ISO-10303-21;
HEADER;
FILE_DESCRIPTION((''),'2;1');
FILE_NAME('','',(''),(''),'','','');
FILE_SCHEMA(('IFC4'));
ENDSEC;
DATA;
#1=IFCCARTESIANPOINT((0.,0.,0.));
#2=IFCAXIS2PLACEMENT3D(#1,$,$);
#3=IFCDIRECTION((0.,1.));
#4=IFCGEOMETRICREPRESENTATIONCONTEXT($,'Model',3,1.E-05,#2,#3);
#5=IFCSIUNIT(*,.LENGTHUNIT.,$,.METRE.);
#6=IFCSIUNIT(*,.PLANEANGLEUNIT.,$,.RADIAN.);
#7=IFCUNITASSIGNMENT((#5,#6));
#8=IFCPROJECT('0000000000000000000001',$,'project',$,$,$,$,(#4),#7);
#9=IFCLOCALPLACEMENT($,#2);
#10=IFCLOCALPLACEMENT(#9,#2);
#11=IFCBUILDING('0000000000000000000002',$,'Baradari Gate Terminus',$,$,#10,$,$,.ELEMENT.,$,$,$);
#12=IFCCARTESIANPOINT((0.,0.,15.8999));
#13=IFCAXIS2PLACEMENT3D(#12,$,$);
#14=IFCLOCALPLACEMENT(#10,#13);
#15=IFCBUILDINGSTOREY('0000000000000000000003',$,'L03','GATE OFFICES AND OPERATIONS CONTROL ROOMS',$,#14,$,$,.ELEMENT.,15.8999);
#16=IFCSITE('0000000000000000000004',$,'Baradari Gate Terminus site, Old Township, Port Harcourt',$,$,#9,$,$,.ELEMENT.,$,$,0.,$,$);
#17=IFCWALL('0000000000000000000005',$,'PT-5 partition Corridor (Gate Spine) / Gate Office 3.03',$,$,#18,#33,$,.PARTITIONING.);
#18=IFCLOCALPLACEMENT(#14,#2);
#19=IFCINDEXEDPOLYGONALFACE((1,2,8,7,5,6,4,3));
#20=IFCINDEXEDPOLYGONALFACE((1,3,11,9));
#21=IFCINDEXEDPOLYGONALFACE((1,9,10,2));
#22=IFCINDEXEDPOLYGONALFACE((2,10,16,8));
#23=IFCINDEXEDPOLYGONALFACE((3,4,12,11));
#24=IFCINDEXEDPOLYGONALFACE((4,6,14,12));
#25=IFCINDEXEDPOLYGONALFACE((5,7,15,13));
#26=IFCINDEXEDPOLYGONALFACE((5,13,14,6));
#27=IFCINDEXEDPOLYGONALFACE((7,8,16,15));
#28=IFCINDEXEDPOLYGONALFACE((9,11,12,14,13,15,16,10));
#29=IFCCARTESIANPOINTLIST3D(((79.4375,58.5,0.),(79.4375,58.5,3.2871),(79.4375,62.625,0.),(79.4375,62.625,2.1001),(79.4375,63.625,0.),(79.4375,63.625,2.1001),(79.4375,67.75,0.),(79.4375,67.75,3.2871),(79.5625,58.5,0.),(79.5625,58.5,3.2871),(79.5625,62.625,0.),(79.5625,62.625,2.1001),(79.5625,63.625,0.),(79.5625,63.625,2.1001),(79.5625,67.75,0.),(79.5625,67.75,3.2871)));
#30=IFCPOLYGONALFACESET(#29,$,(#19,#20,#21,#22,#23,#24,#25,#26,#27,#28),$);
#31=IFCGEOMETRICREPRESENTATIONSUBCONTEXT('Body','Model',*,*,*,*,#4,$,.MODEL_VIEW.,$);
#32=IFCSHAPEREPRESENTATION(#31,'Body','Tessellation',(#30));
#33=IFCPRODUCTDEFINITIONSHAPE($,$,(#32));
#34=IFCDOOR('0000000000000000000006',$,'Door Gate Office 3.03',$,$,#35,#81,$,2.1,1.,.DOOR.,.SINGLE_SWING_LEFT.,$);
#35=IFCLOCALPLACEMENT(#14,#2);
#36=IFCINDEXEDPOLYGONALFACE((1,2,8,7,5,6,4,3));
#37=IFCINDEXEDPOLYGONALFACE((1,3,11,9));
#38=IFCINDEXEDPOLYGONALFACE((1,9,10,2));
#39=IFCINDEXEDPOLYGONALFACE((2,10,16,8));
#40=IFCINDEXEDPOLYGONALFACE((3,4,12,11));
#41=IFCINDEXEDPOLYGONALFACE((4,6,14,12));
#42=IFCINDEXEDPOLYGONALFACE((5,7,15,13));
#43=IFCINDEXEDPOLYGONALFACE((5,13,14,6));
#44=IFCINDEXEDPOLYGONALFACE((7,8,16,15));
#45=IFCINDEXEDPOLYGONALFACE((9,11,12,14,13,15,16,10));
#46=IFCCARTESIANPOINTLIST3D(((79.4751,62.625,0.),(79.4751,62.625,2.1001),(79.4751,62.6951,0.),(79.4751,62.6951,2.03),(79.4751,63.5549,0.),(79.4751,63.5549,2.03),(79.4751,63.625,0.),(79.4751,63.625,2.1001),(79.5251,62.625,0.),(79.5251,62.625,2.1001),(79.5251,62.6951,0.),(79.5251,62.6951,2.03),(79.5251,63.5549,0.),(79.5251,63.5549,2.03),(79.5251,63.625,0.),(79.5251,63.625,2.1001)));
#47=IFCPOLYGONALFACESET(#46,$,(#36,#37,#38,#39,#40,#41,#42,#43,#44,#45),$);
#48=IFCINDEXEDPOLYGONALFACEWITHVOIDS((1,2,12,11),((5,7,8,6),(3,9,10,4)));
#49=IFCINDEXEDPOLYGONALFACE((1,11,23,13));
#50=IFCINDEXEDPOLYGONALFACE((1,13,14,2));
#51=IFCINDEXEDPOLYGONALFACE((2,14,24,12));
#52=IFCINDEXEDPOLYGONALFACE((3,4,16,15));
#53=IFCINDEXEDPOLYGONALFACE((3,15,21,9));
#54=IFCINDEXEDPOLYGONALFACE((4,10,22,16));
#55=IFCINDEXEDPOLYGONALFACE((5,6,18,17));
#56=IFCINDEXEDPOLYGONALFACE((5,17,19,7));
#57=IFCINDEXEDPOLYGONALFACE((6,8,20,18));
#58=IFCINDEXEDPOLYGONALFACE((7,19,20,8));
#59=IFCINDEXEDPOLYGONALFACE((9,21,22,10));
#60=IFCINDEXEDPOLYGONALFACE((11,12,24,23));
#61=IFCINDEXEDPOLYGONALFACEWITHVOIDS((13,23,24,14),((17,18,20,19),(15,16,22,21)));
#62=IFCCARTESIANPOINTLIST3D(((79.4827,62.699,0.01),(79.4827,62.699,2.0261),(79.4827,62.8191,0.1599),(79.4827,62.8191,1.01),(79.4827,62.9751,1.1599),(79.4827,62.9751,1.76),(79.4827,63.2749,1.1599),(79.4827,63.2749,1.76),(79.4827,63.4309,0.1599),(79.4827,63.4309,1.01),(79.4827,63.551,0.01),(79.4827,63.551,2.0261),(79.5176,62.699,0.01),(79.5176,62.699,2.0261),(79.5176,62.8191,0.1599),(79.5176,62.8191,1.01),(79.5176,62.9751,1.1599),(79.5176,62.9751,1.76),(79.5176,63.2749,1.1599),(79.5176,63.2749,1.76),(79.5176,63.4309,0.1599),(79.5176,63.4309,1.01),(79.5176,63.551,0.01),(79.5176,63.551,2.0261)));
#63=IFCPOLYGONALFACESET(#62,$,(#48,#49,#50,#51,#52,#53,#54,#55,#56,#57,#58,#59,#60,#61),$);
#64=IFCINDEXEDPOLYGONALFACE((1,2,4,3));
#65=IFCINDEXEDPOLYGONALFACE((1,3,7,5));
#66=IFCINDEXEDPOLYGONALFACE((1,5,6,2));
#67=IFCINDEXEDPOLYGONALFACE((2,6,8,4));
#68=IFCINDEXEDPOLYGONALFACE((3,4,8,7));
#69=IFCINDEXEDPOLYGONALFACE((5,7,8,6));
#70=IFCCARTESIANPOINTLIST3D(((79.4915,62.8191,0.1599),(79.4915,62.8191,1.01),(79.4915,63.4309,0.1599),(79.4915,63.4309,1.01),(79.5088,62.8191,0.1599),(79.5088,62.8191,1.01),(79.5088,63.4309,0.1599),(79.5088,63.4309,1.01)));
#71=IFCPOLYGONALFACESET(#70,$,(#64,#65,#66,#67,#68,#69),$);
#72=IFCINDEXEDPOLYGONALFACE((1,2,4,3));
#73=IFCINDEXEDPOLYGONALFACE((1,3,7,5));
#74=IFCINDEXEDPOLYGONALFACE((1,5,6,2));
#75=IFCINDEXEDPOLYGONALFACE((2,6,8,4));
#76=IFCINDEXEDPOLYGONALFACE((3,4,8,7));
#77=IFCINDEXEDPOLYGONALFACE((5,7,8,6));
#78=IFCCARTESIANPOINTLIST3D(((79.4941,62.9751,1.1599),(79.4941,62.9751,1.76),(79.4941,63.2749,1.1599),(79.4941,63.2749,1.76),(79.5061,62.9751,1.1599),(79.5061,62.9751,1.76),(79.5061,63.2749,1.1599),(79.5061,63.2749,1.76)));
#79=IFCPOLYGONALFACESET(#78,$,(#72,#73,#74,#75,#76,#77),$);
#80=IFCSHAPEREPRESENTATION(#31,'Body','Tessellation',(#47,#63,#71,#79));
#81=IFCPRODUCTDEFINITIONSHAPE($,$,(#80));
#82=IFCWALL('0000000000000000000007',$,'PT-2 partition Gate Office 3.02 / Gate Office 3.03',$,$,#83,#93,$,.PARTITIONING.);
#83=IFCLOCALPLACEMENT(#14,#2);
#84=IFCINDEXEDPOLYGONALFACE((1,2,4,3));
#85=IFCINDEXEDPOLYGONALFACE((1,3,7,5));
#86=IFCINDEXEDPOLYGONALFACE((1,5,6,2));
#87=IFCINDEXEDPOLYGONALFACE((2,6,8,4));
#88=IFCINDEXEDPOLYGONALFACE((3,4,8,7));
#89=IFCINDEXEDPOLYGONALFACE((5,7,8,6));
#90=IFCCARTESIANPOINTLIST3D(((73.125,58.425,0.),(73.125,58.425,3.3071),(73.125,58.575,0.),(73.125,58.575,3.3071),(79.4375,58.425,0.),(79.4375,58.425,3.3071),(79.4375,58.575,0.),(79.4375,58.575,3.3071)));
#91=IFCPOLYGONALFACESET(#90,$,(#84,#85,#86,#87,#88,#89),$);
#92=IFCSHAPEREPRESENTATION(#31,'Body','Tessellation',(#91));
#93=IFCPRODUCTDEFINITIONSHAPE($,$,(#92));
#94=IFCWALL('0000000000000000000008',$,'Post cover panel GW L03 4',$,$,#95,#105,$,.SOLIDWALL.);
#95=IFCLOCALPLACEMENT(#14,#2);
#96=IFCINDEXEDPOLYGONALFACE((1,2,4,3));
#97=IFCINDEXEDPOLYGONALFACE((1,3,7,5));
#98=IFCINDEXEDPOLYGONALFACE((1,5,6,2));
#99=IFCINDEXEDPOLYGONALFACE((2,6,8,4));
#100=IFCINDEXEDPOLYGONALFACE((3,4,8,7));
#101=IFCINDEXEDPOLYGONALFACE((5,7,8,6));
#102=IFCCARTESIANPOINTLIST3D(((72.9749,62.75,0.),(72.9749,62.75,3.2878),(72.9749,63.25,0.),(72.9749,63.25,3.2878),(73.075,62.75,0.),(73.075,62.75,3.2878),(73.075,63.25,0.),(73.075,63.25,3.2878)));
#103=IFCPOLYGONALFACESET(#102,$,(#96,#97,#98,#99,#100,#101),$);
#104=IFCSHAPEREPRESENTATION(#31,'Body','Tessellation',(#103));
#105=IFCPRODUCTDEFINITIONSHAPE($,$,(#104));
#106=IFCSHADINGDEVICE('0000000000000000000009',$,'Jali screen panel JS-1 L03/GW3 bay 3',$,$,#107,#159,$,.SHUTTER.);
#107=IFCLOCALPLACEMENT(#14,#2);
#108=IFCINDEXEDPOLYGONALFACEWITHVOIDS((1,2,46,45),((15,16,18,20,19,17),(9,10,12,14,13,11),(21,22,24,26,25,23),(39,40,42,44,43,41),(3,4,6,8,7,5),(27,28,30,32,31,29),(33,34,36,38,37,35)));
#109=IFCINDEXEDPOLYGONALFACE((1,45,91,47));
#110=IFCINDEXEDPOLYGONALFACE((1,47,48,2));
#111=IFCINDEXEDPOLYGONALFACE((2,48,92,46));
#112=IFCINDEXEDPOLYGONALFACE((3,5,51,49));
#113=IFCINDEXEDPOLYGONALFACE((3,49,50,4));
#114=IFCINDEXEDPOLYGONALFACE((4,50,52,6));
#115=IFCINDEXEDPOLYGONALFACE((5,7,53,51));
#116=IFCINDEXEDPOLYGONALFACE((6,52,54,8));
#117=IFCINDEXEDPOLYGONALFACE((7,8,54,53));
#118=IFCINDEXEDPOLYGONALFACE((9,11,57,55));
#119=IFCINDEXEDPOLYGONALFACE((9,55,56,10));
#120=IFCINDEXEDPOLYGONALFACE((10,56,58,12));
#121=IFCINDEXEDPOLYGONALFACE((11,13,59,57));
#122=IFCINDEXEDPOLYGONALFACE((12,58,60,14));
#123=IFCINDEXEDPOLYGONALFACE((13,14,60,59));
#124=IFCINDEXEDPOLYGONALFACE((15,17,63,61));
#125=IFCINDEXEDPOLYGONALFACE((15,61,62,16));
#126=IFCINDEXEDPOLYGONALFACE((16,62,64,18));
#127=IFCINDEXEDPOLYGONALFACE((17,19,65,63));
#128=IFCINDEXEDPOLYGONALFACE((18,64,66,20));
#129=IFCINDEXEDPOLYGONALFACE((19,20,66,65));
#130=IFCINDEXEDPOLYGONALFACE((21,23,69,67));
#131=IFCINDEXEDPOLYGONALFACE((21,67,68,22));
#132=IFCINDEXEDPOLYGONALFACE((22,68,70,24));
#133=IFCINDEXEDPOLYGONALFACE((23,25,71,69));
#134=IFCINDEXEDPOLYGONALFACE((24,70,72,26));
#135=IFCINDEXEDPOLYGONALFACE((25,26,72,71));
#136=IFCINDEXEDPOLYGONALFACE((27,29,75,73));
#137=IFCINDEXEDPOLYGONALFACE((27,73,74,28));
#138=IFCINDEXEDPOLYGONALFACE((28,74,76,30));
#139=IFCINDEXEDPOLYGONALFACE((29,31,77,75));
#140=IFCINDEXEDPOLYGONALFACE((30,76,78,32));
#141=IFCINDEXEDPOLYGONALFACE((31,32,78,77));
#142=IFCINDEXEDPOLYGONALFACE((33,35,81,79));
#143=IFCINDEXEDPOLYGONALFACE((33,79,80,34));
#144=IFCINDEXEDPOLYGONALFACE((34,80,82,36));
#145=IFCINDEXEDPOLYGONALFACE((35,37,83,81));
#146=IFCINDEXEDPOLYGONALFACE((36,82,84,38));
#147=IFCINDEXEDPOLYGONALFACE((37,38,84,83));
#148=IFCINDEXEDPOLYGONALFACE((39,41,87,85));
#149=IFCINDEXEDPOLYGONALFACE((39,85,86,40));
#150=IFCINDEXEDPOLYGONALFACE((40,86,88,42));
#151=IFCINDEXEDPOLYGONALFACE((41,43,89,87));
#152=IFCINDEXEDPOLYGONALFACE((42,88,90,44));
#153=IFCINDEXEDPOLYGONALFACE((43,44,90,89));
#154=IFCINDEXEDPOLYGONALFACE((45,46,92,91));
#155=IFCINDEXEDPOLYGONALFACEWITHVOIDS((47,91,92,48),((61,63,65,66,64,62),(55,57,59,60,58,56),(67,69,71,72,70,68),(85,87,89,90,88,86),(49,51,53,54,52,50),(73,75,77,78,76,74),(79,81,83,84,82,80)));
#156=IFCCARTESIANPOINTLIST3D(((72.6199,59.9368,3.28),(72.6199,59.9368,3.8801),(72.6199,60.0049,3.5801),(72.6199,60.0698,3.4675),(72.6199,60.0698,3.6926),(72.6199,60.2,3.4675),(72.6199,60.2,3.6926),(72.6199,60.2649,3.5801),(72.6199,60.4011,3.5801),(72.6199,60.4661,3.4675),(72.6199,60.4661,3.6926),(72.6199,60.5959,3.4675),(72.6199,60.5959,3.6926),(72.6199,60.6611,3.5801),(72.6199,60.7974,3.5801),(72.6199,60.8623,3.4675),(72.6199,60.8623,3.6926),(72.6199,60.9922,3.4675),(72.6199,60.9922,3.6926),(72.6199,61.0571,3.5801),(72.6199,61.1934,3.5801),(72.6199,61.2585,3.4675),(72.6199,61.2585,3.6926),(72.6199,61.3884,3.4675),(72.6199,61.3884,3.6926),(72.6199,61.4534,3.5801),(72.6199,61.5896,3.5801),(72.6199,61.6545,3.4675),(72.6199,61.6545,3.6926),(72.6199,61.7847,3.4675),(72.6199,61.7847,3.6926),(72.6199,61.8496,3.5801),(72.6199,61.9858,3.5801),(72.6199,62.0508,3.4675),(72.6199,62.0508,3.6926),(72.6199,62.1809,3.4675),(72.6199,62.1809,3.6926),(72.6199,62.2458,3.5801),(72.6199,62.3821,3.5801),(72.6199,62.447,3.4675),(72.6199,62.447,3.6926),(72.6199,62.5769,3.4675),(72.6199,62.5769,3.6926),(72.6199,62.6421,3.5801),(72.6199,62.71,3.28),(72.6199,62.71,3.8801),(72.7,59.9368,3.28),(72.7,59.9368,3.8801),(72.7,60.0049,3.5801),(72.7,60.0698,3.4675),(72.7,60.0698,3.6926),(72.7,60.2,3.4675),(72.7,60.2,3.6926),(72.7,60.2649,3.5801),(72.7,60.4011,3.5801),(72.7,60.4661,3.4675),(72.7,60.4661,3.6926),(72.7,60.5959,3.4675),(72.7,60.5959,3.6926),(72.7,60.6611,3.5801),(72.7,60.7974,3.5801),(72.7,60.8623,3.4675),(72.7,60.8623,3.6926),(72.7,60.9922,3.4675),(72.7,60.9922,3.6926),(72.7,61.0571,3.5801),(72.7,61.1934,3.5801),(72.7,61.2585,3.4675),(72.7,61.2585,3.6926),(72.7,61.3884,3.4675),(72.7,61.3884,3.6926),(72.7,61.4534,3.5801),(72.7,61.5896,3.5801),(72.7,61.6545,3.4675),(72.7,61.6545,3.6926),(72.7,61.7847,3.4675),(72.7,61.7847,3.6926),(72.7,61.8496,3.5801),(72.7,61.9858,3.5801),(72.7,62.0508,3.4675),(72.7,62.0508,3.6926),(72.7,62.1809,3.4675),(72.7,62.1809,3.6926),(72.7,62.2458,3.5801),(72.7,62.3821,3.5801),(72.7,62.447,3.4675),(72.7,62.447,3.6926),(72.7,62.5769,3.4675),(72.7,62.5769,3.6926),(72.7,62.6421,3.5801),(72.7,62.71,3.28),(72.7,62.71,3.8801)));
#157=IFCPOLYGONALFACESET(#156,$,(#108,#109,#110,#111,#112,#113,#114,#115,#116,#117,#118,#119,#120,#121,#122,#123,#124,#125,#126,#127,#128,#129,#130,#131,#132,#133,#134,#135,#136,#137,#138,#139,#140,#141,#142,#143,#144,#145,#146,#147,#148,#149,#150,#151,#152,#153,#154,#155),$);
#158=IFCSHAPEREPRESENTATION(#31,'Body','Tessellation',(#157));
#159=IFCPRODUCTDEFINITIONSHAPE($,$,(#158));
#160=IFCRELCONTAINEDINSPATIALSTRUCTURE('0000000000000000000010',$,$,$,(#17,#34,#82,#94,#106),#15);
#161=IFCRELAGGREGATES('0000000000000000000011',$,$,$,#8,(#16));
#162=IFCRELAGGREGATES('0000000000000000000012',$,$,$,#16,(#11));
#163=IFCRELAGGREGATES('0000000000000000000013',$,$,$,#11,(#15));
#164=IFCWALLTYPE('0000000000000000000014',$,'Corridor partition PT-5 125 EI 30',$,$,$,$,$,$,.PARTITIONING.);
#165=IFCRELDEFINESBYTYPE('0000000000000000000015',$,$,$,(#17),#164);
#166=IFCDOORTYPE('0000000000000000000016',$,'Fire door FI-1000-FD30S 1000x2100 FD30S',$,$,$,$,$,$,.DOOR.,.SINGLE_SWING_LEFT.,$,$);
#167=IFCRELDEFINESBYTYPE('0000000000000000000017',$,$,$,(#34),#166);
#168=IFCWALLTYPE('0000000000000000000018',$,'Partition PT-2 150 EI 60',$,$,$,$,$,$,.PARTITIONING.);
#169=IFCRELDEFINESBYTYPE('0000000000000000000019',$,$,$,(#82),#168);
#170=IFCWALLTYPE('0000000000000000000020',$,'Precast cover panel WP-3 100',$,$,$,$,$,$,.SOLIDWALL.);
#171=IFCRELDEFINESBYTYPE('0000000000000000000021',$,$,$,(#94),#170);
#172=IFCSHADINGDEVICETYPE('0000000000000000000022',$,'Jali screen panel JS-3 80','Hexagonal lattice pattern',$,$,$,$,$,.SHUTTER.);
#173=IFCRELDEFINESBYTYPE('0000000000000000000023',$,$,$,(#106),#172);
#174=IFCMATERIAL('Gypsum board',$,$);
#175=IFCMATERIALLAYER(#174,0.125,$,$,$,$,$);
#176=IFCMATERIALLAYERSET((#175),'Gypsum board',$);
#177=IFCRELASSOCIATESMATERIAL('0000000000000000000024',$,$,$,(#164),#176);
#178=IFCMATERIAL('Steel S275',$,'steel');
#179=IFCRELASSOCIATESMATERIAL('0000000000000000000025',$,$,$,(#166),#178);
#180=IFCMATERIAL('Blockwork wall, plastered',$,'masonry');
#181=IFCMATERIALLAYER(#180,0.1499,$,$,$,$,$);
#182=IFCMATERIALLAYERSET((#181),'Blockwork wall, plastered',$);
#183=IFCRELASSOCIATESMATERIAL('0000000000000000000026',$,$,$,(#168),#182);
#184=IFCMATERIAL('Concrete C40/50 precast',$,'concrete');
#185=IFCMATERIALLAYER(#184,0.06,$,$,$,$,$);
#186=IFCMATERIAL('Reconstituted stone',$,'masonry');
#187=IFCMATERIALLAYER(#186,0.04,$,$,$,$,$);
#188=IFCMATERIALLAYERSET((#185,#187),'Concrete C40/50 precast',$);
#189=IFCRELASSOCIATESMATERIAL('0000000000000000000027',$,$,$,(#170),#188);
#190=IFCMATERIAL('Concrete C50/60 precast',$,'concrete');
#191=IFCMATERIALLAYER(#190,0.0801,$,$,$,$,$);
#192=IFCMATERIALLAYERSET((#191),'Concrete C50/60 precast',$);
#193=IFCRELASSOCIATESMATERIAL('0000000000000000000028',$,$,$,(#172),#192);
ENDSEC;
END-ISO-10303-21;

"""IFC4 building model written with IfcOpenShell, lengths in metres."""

from ifc_helpers import new_model, si_unit, direction, frame, frame_2d, origin, place, context, subcontext, project, spatial, polyline, rectangle, outline, extrude, material, layer, layer_set, type_object, element, fill, save


model = new_model("IFC4")

# Units and contexts
model_context = context("Model", 3, precision=1e-05, world=origin(), true_north=direction((0.0, 1.0)))
body_context = subcontext(model_context, "Body", "Model", "MODEL_VIEW")
ifc_project = project(units=[si_unit("LENGTHUNIT", "METRE"), si_unit("PLANEANGLEUNIT", "RADIAN")], contexts=[model_context])

# Site, building, storey
site_placement = place(None, origin())
site = spatial("IfcSite", under=ifc_project, at=site_placement, Name="Baradari Gate Terminus site, Old Township, Port Harcourt", CompositionType="ELEMENT", RefElevation=0.0)
building_placement = place(site_placement, origin())
building = spatial("IfcBuilding", under=site, at=building_placement, Name="Baradari Gate Terminus", CompositionType="ELEMENT")
storey_placement = place(building_placement, frame((0.0, 0.0, 15.8999)))
storey = spatial("IfcBuildingStorey", under=building, at=storey_placement, Name="L03", Description="GATE OFFICES AND OPERATIONS CONTROL ROOMS", CompositionType="ELEMENT", Elevation=15.8999)

# Wall, opening, door
ifc_material_1 = material(Name="Gypsum board")
ifc_layer_1 = layer(ifc_material_1, 0.125)
ifc_layer_set_1 = layer_set([ifc_layer_1], Name="Gypsum board")
wall_type_1 = type_object("IfcWallType", Name="Corridor partition PT-5 125 EI 30", PredefinedType="PARTITIONING", material=ifc_layer_set_1)
wall_1_placement = place(storey_placement, frame((79.5, 58.5, 0.0), z_axis=(0.0, 0.0, 1.0), x_axis=(0.0, 1.0, 0.0)))
wall_1 = element("IfcWall", 1, at=wall_1_placement, inside=storey, type_object=wall_type_1, Name="PT-5 partition Corridor (Gate Spine) / Gate Office 3.03", PredefinedType="PARTITIONING", context=body_context, shape_type="SweptSolid", body=[
    extrude(rectangle(XDim=9.25, YDim=0.125, at=frame_2d((4.625, 0.0))), origin(), (0.0, 0.0, 1.0), 3.2871),
])
opening_placement = place(wall_1_placement, frame((4.125, 0.0, 0.0)))
opening = element("IfcOpeningElement", 2, at=opening_placement, cuts=wall_1, PredefinedType="OPENING", context=body_context, shape_type="SweptSolid", body=[
    extrude(rectangle(XDim=1.0, YDim=2.1001, at=frame_2d((0.5, 1.05))), frame((0.0, 0.0725, 0.0), z_axis=(0.0, -1.0, 0.0), x_axis=(1.0, 0.0, 0.0)), (0.0, 0.0, 1.0), 0.145),
])
ifc_material_2 = material(Name="Steel S275", Category="steel")
door_type = type_object("IfcDoorType", Name="Fire door FI-1000-FD30S 1000x2100 FD30S", OperationType="SINGLE_SWING_LEFT", PredefinedType="DOOR", material=ifc_material_2)
door_placement = place(opening_placement, origin())
door = element("IfcDoor", 3, at=door_placement, inside=storey, type_object=door_type, Name="Door Gate Office 3.03", OperationType="SINGLE_SWING_LEFT", OverallHeight=2.1, OverallWidth=1.0, PredefinedType="DOOR", context=body_context, shape_type="SweptSolid", body=[
    extrude(outline(polyline([(0.0, 0.0), (0.0701, 0.0), (0.0701, 2.03), (0.9299, 2.03), (0.9299, 0.0), (1.0, 0.0), (1.0, 2.1001), (0.0, 2.1001), (0.0, 0.0)])), frame((0.0, 0.0249, 0.0), z_axis=(0.0, -1.0, 0.0), x_axis=(1.0, 0.0, 0.0)), (0.0, 0.0, 1.0), 0.05),
    extrude(outline(polyline([(0.074, 0.01), (0.926, 0.01), (0.926, 2.0261), (0.074, 2.0261), (0.074, 0.01)]), holes=[polyline([(0.1941, 0.1599), (0.8059, 0.1599), (0.8059, 1.01), (0.1941, 1.01), (0.1941, 0.1599)]), polyline([(0.3501, 1.1599), (0.6499, 1.1599), (0.6499, 1.76), (0.3501, 1.76), (0.3501, 1.1599)])]), frame((0.0, 0.0173, 0.0), z_axis=(0.0, -1.0, 0.0), x_axis=(1.0, 0.0, 0.0)), (0.0, 0.0, 1.0), 0.0349),
    extrude(rectangle(XDim=0.6118, YDim=0.8501, at=frame_2d((0.5, 0.585))), frame((0.0, 0.0085, 0.0), z_axis=(0.0, -1.0, 0.0), x_axis=(1.0, 0.0, 0.0)), (0.0, 0.0, 1.0), 0.0173),
    extrude(rectangle(XDim=0.2998, YDim=0.6001, at=frame_2d((0.5, 1.46))), frame((0.0, 0.0059, 0.0), z_axis=(0.0, -1.0, 0.0), x_axis=(1.0, 0.0, 0.0)), (0.0, 0.0, 1.0), 0.012),
])
fill(opening, door)

# Walls
ifc_material_3 = material(Name="Blockwork wall, plastered", Category="masonry")
ifc_layer_2 = layer(ifc_material_3, 0.1499)
ifc_layer_set_2 = layer_set([ifc_layer_2], Name="Blockwork wall, plastered")
wall_type_2 = type_object("IfcWallType", Name="Partition PT-2 150 EI 60", PredefinedType="PARTITIONING", material=ifc_layer_set_2)
wall_2_placement = place(storey_placement, frame((73.125, 58.5, 0.0), z_axis=(0.0, 0.0, 1.0), x_axis=(1.0, 0.0, 0.0)))
element("IfcWall", 4, at=wall_2_placement, inside=storey, type_object=wall_type_2, Name="PT-2 partition Gate Office 3.02 / Gate Office 3.03", PredefinedType="PARTITIONING", context=body_context, shape_type="SweptSolid", body=[
    extrude(rectangle(XDim=6.3125, YDim=0.1499, at=frame_2d((3.1562, 0.0))), origin(), (0.0, 0.0, 1.0), 3.3071),
])
ifc_material_4 = material(Name="Concrete C40/50 precast", Category="concrete")
ifc_layer_3 = layer(ifc_material_4, 0.06)
ifc_material_5 = material(Name="Reconstituted stone", Category="masonry")
ifc_layer_4 = layer(ifc_material_5, 0.04)
ifc_layer_set_3 = layer_set([ifc_layer_3, ifc_layer_4], Name="Concrete C40/50 precast")
wall_type_3 = type_object("IfcWallType", Name="Precast cover panel WP-3 100", PredefinedType="SOLIDWALL", material=ifc_layer_set_3)
wall_3_placement = place(storey_placement, frame((73.0249, 62.75, 0.0), z_axis=(0.0, 0.0, 1.0), x_axis=(0.0, 1.0, 0.0)))
element("IfcWall", 5, at=wall_3_placement, inside=storey, type_object=wall_type_3, Name="Post cover panel GW L03 4", PredefinedType="SOLIDWALL", context=body_context, shape_type="SweptSolid", body=[
    extrude(rectangle(XDim=0.5, YDim=0.1001, at=frame_2d((0.25, 0.0))), origin(), (0.0, 0.0, 1.0), 3.2878),
])

# Shading device
ifc_material_6 = material(Name="Concrete C50/60 precast", Category="concrete")
ifc_layer_5 = layer(ifc_material_6, 0.0801)
ifc_layer_set_4 = layer_set([ifc_layer_5], Name="Concrete C50/60 precast")
shading_device_type = type_object("IfcShadingDeviceType", Name="Jali screen panel JS-3 80", Description="Hexagonal lattice pattern", PredefinedType="SHUTTER", material=ifc_layer_set_4)
shading_device_1_placement = place(storey_placement, frame((72.6599, 59.9368, 3.28), z_axis=(0.0, 0.0, 1.0), x_axis=(0.0, 1.0, 0.0)))
element("IfcShadingDevice", 6, at=shading_device_1_placement, inside=storey, type_object=shading_device_type, Name="Jali screen panel JS-1 L03/GW3 bay 3", PredefinedType="SHUTTER", context=body_context, shape_type="SweptSolid", body=[
    extrude(outline(polyline([(0.0, 0.0), (2.7732, 0.0), (2.7732, 0.6001), (0.0, 0.6001), (0.0, 0.0)]), holes=[polyline([(0.3281, 0.3), (0.2632, 0.1875), (0.1331, 0.1875), (0.0681, 0.3), (0.1331, 0.4126), (0.2632, 0.4126), (0.3281, 0.3)]), polyline([(0.7244, 0.3), (0.6592, 0.1875), (0.5293, 0.1875), (0.4644, 0.3), (0.5293, 0.4126), (0.6592, 0.4126), (0.7244, 0.3)]), polyline([(1.1204, 0.3), (1.0554, 0.1875), (0.9255, 0.1875), (0.8606, 0.3), (0.9255, 0.4126), (1.0554, 0.4126), (1.1204, 0.3)]), polyline([(1.5166, 0.3), (1.4517, 0.1875), (1.3218, 0.1875), (1.2566, 0.3), (1.3218, 0.4126), (1.4517, 0.4126), (1.5166, 0.3)]), polyline([(1.9128, 0.3), (1.8479, 0.1875), (1.7178, 0.1875), (1.6528, 0.3), (1.7178, 0.4126), (1.8479, 0.4126), (1.9128, 0.3)]), polyline([(2.3091, 0.3), (2.2441, 0.1875), (2.114, 0.1875), (2.0491, 0.3), (2.114, 0.4126), (2.2441, 0.4126), (2.3091, 0.3)]), polyline([(2.7053, 0.3), (2.6401, 0.1875), (2.5103, 0.1875), (2.4453, 0.3), (2.5103, 0.4126), (2.6401, 0.4126), (2.7053, 0.3)])]), frame((0.0, 0.04, 0.0), z_axis=(0.0, -1.0, 0.0), x_axis=(1.0, 0.0, 0.0)), (0.0, 0.0, 1.0), 0.0801),
])

save(model, "model.ifc")
